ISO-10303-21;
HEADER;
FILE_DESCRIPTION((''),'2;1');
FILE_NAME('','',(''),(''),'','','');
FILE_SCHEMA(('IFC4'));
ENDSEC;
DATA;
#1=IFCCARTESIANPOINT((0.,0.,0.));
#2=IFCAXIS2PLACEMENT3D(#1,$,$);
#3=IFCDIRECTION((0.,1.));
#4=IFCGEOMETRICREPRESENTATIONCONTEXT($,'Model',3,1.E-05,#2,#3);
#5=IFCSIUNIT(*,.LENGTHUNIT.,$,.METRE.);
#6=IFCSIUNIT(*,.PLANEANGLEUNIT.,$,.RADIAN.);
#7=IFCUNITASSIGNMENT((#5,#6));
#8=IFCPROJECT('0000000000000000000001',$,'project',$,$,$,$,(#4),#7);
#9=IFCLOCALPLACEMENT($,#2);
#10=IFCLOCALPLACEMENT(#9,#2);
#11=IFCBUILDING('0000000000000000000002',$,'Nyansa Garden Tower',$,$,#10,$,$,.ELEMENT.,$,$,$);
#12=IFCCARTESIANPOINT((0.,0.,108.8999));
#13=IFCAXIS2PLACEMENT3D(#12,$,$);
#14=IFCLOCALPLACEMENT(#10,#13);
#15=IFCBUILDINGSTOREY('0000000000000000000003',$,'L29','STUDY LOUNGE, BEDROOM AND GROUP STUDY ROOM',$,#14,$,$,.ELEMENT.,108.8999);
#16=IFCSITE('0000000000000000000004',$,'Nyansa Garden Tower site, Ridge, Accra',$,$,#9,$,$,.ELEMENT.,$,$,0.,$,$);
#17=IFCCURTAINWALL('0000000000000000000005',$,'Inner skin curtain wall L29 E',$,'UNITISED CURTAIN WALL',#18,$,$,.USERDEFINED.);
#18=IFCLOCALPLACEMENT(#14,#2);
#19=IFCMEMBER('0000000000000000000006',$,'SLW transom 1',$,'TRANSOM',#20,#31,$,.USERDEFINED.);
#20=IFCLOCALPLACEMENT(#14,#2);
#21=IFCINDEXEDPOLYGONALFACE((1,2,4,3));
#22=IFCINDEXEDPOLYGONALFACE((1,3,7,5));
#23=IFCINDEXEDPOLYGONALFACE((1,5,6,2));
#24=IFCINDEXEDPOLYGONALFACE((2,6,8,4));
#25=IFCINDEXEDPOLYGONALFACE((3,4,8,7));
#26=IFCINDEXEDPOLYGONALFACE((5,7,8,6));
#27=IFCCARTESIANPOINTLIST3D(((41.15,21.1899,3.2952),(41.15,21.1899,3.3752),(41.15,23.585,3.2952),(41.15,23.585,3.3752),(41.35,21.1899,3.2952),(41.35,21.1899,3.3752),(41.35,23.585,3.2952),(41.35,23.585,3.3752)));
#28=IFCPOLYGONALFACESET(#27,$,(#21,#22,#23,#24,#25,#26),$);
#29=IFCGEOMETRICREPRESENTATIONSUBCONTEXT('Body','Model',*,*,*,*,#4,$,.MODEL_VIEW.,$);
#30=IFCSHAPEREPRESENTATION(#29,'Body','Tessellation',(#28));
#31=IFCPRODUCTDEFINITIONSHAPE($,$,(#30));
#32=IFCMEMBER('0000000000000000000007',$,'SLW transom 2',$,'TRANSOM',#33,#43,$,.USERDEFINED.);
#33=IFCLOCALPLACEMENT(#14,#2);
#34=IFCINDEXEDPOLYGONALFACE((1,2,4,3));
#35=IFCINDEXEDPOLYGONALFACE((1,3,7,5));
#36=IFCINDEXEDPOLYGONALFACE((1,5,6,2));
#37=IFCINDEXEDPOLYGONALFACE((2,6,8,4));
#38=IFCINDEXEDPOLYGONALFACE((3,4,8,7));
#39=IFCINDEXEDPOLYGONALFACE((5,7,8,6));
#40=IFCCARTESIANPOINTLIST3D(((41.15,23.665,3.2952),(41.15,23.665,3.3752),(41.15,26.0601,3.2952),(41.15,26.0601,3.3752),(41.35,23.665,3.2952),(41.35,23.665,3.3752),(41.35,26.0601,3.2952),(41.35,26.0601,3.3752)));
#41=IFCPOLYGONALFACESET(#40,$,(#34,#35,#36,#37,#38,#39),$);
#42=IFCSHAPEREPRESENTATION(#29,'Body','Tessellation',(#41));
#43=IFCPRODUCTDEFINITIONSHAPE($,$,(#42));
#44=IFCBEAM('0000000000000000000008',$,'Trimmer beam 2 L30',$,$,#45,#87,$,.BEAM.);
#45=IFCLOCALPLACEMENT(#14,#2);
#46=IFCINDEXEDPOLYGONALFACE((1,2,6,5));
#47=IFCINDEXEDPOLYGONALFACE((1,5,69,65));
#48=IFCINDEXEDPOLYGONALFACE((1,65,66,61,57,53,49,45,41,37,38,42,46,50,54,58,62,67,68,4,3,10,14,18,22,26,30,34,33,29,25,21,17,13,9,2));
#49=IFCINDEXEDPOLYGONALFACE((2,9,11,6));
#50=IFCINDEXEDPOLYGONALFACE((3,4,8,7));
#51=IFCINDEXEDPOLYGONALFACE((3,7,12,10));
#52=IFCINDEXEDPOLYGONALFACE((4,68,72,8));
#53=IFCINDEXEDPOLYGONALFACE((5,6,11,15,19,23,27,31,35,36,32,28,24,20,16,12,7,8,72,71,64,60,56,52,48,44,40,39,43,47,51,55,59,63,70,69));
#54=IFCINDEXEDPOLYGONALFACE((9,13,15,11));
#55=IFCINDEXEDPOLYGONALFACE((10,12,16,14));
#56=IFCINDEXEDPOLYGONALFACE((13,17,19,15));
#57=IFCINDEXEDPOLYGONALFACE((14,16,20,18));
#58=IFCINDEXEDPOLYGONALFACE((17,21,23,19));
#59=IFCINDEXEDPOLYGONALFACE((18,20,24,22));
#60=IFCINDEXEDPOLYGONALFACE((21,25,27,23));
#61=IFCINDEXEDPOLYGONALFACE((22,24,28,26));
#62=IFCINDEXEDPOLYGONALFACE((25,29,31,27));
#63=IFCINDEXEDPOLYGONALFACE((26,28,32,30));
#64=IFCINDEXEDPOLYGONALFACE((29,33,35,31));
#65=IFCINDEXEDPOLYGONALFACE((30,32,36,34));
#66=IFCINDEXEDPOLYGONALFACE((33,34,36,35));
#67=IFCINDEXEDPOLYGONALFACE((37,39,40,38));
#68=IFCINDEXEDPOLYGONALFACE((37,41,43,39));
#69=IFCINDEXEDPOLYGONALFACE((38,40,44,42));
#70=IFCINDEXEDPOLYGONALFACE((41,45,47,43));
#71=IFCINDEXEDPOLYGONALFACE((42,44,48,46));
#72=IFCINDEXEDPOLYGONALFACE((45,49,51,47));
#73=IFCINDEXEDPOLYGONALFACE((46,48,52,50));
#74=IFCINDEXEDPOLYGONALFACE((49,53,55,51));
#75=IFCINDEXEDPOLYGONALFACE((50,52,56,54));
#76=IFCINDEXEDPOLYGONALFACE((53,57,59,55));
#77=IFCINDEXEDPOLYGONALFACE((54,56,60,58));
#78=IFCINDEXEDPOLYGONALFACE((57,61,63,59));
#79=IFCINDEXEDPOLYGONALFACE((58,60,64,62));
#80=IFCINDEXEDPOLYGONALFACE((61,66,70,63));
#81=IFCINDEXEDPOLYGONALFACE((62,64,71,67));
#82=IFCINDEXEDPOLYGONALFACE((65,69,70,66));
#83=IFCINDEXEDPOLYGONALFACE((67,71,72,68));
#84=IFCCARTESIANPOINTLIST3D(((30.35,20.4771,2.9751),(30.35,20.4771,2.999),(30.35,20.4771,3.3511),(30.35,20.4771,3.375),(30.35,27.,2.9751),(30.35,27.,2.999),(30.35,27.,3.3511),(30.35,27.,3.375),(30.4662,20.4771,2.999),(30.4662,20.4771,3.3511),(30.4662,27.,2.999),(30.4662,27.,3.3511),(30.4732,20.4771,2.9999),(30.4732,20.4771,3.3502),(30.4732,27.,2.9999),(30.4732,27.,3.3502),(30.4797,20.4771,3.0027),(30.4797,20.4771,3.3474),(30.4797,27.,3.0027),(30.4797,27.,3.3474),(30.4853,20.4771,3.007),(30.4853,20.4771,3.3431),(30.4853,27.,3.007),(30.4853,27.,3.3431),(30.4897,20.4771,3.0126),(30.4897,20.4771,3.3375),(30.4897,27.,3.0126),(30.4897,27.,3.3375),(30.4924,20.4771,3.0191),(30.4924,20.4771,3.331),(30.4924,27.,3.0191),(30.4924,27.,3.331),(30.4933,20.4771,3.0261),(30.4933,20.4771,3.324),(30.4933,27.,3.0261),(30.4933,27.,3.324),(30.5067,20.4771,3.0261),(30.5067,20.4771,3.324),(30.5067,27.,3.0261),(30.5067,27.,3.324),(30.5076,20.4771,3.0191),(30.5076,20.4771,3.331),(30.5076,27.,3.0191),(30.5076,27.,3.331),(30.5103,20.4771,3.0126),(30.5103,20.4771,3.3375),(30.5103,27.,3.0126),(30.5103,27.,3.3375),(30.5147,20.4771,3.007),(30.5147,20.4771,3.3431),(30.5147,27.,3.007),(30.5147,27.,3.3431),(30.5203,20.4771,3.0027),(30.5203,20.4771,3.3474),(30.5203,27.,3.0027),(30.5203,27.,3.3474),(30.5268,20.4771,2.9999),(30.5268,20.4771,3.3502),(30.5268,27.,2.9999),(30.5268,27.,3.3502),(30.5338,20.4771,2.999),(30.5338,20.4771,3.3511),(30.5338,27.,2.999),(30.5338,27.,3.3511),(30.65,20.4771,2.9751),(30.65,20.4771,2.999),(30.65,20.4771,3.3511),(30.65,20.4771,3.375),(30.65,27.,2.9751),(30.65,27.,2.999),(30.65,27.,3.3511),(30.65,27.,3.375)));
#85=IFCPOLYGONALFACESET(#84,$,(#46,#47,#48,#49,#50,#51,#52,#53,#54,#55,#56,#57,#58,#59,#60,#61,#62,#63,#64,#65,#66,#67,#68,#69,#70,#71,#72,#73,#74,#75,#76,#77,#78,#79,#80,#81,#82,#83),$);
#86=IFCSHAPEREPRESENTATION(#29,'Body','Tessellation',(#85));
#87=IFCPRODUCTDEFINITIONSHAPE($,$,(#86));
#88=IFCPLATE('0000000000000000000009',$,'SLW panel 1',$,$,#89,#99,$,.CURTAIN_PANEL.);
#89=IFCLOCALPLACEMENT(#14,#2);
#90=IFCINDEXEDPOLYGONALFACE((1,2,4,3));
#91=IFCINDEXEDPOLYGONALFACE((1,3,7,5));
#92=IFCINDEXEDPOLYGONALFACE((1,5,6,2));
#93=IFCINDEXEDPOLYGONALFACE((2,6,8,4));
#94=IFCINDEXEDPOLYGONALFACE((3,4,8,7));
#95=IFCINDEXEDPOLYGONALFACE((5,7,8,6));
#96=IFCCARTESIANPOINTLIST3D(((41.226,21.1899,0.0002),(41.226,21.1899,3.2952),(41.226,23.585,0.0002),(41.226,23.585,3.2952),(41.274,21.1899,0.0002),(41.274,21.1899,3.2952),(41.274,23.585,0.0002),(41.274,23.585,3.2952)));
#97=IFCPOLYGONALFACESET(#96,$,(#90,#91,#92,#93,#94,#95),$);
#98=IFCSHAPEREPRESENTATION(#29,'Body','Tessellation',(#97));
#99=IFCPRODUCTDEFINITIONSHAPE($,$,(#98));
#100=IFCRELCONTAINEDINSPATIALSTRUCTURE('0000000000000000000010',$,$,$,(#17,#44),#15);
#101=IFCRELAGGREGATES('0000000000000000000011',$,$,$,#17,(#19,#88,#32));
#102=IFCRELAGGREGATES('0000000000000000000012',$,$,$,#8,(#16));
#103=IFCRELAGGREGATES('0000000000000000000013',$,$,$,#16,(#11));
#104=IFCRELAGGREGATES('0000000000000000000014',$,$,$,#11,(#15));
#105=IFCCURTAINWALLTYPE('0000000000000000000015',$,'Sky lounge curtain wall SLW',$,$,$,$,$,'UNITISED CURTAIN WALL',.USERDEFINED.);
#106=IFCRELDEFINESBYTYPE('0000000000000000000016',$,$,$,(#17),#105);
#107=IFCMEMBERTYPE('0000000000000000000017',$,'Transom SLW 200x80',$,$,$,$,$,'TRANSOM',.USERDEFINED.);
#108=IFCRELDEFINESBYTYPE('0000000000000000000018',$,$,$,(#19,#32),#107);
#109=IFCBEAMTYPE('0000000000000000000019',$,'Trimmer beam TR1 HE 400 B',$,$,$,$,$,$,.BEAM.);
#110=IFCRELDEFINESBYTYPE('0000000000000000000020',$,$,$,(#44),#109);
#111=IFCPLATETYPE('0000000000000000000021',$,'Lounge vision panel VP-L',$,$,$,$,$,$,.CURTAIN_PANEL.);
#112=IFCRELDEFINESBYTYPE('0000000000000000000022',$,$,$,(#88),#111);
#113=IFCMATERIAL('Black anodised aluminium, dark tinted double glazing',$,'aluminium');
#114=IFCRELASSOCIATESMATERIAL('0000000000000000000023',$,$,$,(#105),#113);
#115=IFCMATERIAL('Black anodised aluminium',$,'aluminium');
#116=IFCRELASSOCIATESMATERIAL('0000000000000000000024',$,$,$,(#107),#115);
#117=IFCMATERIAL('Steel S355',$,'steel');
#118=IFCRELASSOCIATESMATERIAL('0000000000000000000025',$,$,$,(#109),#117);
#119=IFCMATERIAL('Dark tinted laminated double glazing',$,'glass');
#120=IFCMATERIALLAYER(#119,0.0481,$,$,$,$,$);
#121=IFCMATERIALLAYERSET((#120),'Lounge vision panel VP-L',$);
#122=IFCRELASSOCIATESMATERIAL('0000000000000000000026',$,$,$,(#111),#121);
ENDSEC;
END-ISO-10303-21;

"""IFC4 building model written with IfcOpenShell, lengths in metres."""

from ifc_helpers import new_model, si_unit, direction, frame, origin, origin_2d, place, context, subcontext, project, spatial, rectangle, i_section, extrude, material, layer, layer_set, material_profile, profile_set, type_object, element, aggregate, save


model = new_model("IFC4")

# Units and contexts
model_context = context("Model", 3, precision=1e-05, world=origin(), true_north=direction((0.0, 1.0)))
body_context = subcontext(model_context, "Body", "Model", "MODEL_VIEW")
ifc_project = project(units=[si_unit("LENGTHUNIT", "METRE"), si_unit("PLANEANGLEUNIT", "RADIAN")], contexts=[model_context])

# Site, building, storey
site_placement = place(None, origin())
site = spatial("IfcSite", under=ifc_project, at=site_placement, Name="Nyansa Garden Tower site, Ridge, Accra", CompositionType="ELEMENT", RefElevation=0.0)
building_placement = place(site_placement, origin())
building = spatial("IfcBuilding", under=site, at=building_placement, Name="Nyansa Garden Tower", CompositionType="ELEMENT")
storey_placement = place(building_placement, frame((0.0, 0.0, 108.8999)))
storey = spatial("IfcBuildingStorey", under=building, at=storey_placement, Name="L29", Description="STUDY LOUNGE, BEDROOM AND GROUP STUDY ROOM", CompositionType="ELEMENT", Elevation=108.8999)

# Curtain wall
ifc_material_1 = material(Name="Black anodised aluminium, dark tinted double glazing", Category="aluminium")
curtain_wall_type = type_object("IfcCurtainWallType", Name="Sky lounge curtain wall SLW", ElementType="UNITISED CURTAIN WALL", PredefinedType="USERDEFINED", material=ifc_material_1)
curtain_wall_placement = place(storey_placement, origin())
curtain_wall = element("IfcCurtainWall", 1, at=curtain_wall_placement, inside=storey, type_object=curtain_wall_type, Name="Inner skin curtain wall L29 E", ObjectType="UNITISED CURTAIN WALL", PredefinedType="USERDEFINED")

# Members
ifc_material_2 = material(Name="Black anodised aluminium", Category="aluminium")
ifc_material_profile_1 = material_profile(ifc_material_2, rectangle(XDim=0.2, YDim=0.0801, at=origin_2d()), Name="Transom 200x80")
ifc_profile_set_1 = profile_set([ifc_material_profile_1], Name="Black anodised aluminium")
member_type_1 = type_object("IfcMemberType", Name="Transom SLW 200x80", ElementType="TRANSOM", PredefinedType="USERDEFINED", material=ifc_profile_set_1)
member_1_placement = place(storey_placement, frame((41.25, 21.1899, 3.3352), z_axis=(0.0, 1.0, 0.0), x_axis=(-1.0, 0.0, 0.0)))
member_1 = element("IfcMember", 2, at=member_1_placement, type_object=member_type_1, Name="SLW transom 1", ObjectType="TRANSOM", PredefinedType="USERDEFINED", context=body_context, shape_type="SweptSolid", body=[
    extrude(rectangle(XDim=0.2, YDim=0.0801, at=origin_2d()), origin(), (0.0, 0.0, 1.0), 2.395),
])
member_2_placement = place(storey_placement, frame((41.25, 23.665, 3.3352), z_axis=(0.0, 1.0, 0.0), x_axis=(-1.0, 0.0, 0.0)))
member_2 = element("IfcMember", 3, at=member_2_placement, type_object=member_type_1, Name="SLW transom 2", ObjectType="TRANSOM", PredefinedType="USERDEFINED", context=body_context, shape_type="SweptSolid", body=[
    extrude(rectangle(XDim=0.2, YDim=0.0801, at=origin_2d()), origin(), (0.0, 0.0, 1.0), 2.395),
])

# Beam
ifc_material_3 = material(Name="Steel S355", Category="steel")
ifc_material_profile_2 = material_profile(ifc_material_3, i_section(OverallWidth=0.3, OverallDepth=0.3999, WebThickness=0.0134, FlangeThickness=0.0239, FilletRadius=0.0271, at=origin_2d()), Name="HE 400 B")
ifc_profile_set_2 = profile_set([ifc_material_profile_2], Name="Steel S355")
beam_type_1 = type_object("IfcBeamType", Name="Trimmer beam TR1 HE 400 B", PredefinedType="BEAM", material=ifc_profile_set_2)
beam_1_placement = place(storey_placement, frame((30.5, 20.4771, 3.175), z_axis=(0.0, 1.0, 0.0), x_axis=(-1.0, 0.0, 0.0)))
element("IfcBeam", 4, at=beam_1_placement, inside=storey, type_object=beam_type_1, Name="Trimmer beam 2 L30", PredefinedType="BEAM", context=body_context, shape_type="SweptSolid", body=[
    extrude(i_section(OverallWidth=0.3, OverallDepth=0.3999, WebThickness=0.0134, FlangeThickness=0.0239, FilletRadius=0.0271, at=origin_2d()), origin(), (0.0, 0.0, 1.0), 6.5229),
])

# Plate
ifc_material_4 = material(Name="Dark tinted laminated double glazing", Category="glass")
ifc_layer_1 = layer(ifc_material_4, 0.0481)
ifc_layer_set_1 = layer_set([ifc_layer_1], Name="Lounge vision panel VP-L")
plate_type = type_object("IfcPlateType", Name="Lounge vision panel VP-L", PredefinedType="CURTAIN_PANEL", material=ifc_layer_set_1)
plate_placement = place(storey_placement, frame((41.25, 22.3875, 0.0002), z_axis=(0.0, 0.0, 1.0), x_axis=(0.0, 1.0, 0.0)))
plate = element("IfcPlate", 5, at=plate_placement, type_object=plate_type, Name="SLW panel 1", PredefinedType="CURTAIN_PANEL", context=body_context, shape_type="SweptSolid", body=[
    extrude(rectangle(XDim=2.395, YDim=0.0481, at=origin_2d()), origin(), (0.0, 0.0, 1.0), 3.2949),
])
aggregate(curtain_wall, [member_1, plate, member_2])

save(model, "model.ifc")
